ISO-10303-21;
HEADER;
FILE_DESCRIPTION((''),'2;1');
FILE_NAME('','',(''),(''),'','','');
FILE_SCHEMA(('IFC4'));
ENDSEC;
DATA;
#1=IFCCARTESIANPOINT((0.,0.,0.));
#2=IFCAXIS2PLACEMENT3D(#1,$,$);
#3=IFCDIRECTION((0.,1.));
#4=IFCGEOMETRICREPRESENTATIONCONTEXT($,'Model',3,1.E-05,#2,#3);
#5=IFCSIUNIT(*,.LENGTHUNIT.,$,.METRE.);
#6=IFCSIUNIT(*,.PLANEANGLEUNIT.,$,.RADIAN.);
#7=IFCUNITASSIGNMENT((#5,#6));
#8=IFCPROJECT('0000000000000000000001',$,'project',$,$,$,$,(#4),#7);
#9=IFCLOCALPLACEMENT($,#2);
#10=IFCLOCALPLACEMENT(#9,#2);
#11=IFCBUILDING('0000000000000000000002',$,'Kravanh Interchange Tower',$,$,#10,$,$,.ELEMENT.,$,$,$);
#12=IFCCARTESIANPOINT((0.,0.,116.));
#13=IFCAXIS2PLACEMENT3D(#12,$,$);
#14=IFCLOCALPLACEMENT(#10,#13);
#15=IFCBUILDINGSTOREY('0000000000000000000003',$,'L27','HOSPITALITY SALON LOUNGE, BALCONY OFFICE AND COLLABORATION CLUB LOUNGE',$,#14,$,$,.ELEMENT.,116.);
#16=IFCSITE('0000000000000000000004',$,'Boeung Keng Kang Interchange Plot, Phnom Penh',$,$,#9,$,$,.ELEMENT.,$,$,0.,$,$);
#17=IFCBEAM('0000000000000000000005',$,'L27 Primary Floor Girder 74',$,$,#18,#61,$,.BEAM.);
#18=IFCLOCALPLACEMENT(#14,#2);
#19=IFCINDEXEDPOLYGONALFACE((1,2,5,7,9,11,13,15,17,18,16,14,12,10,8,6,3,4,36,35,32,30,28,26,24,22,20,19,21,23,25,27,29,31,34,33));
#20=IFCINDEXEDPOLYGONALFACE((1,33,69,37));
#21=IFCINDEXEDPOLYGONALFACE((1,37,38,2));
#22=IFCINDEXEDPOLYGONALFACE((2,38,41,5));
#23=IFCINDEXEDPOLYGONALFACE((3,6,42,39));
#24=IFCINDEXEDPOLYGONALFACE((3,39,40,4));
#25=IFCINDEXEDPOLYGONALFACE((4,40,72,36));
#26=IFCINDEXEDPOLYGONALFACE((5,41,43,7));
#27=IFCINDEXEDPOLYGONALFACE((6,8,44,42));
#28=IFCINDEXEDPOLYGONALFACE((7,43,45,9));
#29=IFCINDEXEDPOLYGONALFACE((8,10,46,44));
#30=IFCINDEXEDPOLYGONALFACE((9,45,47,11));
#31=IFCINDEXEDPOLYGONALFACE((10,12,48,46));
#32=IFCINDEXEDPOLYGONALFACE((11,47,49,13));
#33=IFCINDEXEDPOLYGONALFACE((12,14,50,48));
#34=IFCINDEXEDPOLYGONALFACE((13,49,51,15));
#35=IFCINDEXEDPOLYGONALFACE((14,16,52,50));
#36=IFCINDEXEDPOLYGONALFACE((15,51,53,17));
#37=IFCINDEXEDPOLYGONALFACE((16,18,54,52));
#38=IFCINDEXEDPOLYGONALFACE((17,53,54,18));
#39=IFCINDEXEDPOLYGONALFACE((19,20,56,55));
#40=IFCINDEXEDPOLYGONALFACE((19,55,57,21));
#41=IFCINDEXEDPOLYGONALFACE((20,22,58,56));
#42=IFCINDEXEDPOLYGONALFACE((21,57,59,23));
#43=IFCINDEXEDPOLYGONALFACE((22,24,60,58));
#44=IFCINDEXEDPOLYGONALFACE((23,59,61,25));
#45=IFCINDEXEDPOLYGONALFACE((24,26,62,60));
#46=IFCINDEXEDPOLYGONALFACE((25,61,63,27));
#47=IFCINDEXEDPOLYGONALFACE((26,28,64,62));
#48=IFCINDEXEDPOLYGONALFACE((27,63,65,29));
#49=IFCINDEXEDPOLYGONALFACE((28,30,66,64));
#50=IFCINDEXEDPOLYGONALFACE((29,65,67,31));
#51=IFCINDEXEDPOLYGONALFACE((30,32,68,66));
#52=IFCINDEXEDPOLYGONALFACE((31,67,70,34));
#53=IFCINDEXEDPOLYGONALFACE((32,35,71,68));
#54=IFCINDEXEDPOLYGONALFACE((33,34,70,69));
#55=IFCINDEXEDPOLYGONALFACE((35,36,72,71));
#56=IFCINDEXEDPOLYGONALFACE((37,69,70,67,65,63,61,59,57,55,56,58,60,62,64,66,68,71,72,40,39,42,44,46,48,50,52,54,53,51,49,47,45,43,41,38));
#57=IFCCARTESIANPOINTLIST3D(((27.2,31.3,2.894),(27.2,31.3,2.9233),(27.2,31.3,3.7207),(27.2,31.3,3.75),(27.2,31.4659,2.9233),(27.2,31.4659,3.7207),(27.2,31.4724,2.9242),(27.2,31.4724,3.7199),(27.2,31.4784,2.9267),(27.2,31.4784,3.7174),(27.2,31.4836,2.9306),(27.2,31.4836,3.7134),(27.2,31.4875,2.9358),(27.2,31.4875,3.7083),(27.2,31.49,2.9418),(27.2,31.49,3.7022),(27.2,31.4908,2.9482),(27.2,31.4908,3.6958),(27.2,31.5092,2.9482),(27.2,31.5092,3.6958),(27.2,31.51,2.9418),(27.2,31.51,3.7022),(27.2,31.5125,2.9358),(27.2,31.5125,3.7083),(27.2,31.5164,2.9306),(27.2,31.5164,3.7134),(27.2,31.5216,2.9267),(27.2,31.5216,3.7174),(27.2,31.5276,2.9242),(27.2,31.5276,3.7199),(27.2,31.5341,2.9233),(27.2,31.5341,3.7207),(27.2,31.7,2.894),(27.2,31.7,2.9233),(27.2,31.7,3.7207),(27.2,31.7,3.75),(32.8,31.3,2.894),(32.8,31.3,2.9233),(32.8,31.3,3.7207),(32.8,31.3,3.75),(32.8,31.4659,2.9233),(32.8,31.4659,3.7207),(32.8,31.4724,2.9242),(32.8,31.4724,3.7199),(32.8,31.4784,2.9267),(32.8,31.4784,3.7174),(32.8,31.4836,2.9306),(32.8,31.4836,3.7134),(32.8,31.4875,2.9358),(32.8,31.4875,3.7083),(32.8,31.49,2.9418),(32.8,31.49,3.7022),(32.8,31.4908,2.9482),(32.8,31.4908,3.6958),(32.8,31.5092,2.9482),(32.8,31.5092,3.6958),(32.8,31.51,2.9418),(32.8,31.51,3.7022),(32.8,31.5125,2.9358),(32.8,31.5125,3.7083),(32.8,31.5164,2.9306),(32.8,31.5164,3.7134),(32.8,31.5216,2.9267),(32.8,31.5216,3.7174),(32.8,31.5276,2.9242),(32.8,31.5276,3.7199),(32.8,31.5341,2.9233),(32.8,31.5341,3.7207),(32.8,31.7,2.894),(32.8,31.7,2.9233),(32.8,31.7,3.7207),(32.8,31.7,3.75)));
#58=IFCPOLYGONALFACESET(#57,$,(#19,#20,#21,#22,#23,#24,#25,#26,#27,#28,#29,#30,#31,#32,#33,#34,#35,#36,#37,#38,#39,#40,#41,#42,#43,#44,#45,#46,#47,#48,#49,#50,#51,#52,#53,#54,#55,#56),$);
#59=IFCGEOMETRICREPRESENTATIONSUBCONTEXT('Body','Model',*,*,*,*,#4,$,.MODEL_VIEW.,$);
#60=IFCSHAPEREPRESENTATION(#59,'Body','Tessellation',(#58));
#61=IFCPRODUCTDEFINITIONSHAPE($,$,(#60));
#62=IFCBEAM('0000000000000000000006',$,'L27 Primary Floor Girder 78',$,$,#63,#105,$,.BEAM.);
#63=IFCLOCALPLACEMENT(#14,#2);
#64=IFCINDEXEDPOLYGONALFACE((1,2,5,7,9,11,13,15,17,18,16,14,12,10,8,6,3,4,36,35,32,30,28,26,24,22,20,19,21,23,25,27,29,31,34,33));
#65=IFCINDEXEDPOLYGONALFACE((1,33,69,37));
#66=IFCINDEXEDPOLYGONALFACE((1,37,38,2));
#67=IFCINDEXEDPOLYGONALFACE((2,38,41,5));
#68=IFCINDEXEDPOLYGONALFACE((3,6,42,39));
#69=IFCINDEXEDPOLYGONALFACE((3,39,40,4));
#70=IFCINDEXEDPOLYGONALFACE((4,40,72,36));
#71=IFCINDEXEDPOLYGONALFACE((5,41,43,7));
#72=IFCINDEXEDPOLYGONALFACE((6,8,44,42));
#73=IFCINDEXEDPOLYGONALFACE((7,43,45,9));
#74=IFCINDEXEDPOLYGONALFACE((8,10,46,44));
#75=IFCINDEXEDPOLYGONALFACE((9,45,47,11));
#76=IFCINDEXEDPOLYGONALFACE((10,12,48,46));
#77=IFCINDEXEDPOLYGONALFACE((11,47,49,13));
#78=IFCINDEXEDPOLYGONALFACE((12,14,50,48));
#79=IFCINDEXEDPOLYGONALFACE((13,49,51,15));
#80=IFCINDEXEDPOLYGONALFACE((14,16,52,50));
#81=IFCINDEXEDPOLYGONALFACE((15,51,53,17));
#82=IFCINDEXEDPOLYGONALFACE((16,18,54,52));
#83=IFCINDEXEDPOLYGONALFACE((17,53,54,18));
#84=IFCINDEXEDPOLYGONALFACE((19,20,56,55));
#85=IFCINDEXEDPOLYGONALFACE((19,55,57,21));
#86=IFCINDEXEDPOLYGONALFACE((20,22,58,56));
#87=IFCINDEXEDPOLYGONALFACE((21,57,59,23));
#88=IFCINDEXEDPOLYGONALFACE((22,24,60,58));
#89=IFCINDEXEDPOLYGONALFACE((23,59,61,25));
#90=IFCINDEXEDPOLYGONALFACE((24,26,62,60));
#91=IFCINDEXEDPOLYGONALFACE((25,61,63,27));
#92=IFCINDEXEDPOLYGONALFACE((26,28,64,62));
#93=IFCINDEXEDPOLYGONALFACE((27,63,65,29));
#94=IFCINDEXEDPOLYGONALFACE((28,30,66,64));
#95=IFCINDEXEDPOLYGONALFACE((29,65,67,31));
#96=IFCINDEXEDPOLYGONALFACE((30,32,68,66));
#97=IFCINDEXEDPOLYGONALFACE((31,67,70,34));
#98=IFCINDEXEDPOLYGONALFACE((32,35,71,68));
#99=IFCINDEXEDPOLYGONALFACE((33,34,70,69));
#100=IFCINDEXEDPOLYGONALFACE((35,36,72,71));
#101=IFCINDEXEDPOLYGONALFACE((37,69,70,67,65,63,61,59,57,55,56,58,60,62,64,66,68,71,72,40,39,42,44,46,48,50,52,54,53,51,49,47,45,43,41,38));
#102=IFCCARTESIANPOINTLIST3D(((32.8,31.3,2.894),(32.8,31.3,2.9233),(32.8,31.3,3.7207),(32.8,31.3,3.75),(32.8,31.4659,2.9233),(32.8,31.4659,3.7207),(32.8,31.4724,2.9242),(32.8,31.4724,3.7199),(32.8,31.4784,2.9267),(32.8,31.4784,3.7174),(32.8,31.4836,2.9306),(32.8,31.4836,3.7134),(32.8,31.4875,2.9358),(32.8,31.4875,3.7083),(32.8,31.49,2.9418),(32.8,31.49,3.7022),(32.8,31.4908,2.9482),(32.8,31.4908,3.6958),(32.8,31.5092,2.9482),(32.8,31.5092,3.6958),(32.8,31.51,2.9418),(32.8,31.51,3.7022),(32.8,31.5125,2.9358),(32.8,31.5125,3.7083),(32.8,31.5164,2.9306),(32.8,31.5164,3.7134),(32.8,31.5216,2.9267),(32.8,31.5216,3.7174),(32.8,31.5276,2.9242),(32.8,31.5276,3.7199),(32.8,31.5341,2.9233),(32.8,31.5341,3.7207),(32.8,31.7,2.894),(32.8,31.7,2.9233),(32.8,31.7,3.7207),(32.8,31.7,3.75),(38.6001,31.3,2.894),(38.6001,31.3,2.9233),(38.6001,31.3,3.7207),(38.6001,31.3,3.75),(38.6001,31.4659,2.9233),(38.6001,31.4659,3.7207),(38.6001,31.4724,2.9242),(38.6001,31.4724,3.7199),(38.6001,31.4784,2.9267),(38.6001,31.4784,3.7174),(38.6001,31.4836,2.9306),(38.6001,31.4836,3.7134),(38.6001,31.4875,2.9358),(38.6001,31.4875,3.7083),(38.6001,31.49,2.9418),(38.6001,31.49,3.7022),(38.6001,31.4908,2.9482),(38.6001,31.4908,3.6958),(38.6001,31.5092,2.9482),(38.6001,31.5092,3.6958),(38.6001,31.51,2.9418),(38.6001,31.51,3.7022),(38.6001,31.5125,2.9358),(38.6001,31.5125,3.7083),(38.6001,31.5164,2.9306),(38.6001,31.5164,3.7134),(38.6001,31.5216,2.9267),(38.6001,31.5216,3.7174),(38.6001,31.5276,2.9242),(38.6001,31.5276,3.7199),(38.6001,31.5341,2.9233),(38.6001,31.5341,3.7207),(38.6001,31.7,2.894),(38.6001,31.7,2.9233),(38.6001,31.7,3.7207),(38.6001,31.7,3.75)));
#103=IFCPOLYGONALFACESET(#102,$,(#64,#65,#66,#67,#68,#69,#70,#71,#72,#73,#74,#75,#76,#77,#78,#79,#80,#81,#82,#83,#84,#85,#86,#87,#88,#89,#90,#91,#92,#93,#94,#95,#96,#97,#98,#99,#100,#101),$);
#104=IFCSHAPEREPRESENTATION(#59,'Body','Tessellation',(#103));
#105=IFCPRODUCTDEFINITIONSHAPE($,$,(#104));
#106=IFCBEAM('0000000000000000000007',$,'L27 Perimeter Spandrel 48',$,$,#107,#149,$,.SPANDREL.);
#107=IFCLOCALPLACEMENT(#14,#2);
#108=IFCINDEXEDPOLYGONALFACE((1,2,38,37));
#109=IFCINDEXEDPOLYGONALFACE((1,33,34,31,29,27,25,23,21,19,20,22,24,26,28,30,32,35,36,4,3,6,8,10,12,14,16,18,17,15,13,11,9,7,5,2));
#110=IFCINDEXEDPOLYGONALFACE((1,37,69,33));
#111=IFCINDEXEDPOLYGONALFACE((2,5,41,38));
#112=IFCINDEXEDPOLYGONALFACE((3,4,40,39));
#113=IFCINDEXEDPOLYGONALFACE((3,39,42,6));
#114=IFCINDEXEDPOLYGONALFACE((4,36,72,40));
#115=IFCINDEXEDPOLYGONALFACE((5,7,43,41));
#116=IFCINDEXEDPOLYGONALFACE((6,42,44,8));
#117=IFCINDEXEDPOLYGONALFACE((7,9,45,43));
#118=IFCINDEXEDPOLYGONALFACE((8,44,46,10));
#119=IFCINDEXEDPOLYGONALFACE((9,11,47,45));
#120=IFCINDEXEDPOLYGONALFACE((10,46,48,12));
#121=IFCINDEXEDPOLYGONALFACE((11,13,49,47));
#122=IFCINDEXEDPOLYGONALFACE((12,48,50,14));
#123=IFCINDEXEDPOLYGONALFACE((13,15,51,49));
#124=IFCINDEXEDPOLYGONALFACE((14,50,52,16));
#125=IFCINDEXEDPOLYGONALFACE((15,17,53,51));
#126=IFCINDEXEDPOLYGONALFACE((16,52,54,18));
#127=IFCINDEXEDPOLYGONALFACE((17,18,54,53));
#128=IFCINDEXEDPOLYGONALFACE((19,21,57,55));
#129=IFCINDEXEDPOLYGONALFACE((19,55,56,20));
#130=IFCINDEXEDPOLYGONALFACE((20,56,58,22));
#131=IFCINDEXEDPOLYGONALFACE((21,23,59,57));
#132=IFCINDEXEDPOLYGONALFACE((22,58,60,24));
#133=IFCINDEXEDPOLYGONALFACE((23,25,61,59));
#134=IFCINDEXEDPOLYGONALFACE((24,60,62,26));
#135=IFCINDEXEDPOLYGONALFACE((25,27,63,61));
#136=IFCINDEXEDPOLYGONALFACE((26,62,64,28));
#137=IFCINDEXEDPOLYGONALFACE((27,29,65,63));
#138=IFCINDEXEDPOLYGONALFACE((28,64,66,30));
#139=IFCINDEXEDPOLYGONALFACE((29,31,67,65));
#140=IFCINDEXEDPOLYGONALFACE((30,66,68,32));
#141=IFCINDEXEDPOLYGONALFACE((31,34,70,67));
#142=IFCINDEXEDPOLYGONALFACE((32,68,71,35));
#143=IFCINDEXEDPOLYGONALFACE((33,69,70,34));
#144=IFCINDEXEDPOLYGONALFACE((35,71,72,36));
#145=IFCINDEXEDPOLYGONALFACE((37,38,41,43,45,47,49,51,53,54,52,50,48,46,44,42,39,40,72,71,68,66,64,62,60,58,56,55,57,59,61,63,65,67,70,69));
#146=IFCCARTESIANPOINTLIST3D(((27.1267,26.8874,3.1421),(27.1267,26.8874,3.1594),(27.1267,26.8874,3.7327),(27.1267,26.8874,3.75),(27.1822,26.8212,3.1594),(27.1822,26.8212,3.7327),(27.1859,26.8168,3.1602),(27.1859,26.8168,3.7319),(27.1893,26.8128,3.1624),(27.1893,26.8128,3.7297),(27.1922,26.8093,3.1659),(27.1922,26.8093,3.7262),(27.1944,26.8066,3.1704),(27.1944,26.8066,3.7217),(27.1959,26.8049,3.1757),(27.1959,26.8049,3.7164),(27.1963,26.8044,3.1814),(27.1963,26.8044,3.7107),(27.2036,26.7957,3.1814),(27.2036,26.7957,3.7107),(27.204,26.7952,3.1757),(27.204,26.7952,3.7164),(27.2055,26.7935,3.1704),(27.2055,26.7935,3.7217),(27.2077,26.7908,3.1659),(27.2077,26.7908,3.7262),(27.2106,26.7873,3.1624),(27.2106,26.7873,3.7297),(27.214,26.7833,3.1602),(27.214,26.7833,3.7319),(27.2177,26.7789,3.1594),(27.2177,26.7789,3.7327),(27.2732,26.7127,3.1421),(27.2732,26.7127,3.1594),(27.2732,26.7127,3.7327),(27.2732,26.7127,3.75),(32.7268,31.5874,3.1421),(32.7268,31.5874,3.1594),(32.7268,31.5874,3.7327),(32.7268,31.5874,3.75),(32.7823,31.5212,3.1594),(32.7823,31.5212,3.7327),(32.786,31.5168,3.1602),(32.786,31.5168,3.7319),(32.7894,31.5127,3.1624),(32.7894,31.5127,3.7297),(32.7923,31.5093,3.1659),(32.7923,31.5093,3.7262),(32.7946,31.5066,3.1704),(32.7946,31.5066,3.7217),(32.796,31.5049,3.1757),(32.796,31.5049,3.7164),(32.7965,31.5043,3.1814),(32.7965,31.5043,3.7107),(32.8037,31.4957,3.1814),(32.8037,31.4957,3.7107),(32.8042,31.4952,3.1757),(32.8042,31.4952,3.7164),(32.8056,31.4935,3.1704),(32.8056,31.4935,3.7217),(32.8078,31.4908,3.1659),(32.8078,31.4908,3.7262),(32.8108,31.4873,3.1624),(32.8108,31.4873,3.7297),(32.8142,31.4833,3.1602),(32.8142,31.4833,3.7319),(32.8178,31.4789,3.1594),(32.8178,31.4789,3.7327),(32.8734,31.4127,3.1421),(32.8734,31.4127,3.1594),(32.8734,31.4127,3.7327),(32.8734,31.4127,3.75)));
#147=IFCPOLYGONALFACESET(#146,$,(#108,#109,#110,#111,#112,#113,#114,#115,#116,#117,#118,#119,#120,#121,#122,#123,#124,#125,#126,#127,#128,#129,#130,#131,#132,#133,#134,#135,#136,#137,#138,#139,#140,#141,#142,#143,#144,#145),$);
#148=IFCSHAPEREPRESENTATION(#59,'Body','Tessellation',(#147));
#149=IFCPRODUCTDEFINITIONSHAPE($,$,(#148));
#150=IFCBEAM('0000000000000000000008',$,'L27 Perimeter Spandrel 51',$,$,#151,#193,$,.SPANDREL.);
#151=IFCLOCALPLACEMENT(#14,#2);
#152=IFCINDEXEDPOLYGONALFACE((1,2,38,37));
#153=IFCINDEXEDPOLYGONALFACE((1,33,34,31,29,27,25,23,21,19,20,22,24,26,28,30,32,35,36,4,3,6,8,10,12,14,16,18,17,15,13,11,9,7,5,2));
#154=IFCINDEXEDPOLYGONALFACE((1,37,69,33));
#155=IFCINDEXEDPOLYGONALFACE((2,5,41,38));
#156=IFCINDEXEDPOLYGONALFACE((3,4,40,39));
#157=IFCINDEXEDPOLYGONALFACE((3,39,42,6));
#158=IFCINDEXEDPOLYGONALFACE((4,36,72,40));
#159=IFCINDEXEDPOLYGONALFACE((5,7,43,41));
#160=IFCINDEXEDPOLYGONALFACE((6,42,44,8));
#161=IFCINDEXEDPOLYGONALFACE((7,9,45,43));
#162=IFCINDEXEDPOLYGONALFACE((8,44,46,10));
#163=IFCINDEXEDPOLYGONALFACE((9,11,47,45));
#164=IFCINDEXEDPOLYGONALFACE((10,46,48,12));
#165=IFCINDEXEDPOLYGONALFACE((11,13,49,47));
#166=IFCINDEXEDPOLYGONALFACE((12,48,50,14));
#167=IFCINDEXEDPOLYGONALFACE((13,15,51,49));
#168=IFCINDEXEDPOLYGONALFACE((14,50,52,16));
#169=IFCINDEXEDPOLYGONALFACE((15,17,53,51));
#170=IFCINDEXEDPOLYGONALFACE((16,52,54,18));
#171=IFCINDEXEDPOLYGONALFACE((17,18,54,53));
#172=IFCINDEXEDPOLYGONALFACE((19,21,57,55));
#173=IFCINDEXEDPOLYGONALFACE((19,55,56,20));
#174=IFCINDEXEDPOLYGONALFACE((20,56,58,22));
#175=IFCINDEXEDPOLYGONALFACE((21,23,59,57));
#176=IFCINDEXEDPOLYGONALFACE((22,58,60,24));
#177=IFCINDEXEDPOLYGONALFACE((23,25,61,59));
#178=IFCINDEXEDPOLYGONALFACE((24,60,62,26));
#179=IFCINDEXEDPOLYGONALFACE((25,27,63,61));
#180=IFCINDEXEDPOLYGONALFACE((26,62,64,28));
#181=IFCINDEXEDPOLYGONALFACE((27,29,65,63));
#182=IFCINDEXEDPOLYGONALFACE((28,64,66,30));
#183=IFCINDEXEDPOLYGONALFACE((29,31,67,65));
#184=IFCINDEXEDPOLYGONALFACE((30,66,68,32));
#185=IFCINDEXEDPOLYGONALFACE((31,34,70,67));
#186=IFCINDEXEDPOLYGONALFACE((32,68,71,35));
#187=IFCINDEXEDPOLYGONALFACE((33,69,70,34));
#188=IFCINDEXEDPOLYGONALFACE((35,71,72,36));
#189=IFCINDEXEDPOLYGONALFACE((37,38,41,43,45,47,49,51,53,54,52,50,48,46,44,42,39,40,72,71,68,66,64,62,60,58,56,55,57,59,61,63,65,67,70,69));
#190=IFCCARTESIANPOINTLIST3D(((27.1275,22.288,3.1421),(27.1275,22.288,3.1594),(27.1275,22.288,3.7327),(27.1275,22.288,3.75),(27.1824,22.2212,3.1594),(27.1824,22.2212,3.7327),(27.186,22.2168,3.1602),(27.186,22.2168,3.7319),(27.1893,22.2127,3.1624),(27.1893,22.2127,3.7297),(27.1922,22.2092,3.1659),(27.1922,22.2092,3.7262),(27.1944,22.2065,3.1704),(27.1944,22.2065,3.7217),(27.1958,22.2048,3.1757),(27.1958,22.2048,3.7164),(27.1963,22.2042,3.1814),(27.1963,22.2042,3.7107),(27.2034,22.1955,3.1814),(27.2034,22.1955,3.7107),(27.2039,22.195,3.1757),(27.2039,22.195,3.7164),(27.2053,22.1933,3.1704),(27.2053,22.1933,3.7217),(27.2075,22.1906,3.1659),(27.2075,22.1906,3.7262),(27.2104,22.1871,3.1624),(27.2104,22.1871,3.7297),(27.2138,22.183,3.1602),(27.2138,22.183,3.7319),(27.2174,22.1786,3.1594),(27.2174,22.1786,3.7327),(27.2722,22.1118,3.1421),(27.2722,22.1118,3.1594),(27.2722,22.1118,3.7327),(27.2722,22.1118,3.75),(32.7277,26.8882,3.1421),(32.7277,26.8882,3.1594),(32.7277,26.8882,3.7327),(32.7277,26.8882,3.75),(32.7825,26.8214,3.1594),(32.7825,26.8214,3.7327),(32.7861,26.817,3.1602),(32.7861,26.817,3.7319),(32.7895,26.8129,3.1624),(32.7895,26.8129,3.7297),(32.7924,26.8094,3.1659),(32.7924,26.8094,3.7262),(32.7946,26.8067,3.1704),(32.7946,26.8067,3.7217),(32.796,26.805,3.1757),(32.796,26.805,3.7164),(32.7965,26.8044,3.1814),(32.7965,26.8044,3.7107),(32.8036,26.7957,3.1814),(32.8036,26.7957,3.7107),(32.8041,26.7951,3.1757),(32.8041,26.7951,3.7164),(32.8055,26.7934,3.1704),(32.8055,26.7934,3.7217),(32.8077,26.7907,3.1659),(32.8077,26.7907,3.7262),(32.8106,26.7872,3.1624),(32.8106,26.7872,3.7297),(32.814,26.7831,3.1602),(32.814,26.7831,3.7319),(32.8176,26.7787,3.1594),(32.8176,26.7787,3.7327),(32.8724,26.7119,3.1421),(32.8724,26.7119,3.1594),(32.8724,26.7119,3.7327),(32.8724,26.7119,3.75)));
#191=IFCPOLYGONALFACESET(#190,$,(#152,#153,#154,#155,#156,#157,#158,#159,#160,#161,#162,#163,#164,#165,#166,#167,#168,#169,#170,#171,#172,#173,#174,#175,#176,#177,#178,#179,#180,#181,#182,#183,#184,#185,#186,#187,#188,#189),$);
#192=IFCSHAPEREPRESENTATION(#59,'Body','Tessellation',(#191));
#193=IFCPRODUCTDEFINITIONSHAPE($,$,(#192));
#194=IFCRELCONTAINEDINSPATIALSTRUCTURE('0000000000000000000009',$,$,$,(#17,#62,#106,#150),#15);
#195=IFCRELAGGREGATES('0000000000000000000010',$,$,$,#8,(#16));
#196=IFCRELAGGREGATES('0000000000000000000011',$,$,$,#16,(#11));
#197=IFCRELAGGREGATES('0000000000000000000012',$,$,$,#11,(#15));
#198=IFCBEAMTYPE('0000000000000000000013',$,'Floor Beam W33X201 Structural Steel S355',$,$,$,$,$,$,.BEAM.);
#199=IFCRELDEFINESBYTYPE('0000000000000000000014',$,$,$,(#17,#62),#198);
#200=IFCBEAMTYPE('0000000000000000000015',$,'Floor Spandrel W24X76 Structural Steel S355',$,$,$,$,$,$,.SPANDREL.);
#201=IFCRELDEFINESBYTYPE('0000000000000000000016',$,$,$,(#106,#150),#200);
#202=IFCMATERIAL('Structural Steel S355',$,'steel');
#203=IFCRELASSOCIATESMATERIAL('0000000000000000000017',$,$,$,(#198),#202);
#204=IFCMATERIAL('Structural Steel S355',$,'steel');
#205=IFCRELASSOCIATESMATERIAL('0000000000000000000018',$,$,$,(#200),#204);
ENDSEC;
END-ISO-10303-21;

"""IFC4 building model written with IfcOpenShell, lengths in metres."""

from ifc_helpers import new_model, si_unit, direction, frame, origin, origin_2d, place, context, subcontext, project, spatial, i_section, extrude, material, material_profile, profile_set, type_object, element, save


model = new_model("IFC4")

# Units and contexts
model_context = context("Model", 3, precision=1e-05, world=origin(), true_north=direction((0.0, 1.0)))
body_context = subcontext(model_context, "Body", "Model", "MODEL_VIEW")
ifc_project = project(units=[si_unit("LENGTHUNIT", "METRE"), si_unit("PLANEANGLEUNIT", "RADIAN")], contexts=[model_context])

# Site, building, storey
site_placement = place(None, origin())
site = spatial("IfcSite", under=ifc_project, at=site_placement, Name="Boeung Keng Kang Interchange Plot, Phnom Penh", CompositionType="ELEMENT", RefElevation=0.0)
building_placement = place(site_placement, origin())
building = spatial("IfcBuilding", under=site, at=building_placement, Name="Kravanh Interchange Tower", CompositionType="ELEMENT")
storey_placement = place(building_placement, frame((0.0, 0.0, 116.0)))
storey = spatial("IfcBuildingStorey", under=building, at=storey_placement, Name="L27", Description="HOSPITALITY SALON LOUNGE, BALCONY OFFICE AND COLLABORATION CLUB LOUNGE", CompositionType="ELEMENT", Elevation=116.0)

# Beams
ifc_material_1 = material(Name="Structural Steel S355", Category="steel")
ifc_material_profile_1 = material_profile(ifc_material_1, i_section(OverallWidth=0.3999, OverallDepth=0.856, WebThickness=0.0183, FlangeThickness=0.0293, FilletRadius=0.0249, at=origin_2d()), Name="W33X201")
ifc_profile_set_1 = profile_set([ifc_material_profile_1], Name="Structural Steel S355")
beam_type_1 = type_object("IfcBeamType", Name="Floor Beam W33X201 Structural Steel S355", PredefinedType="BEAM", material=ifc_profile_set_1)
beam_1_placement = place(storey_placement, frame((27.2, 31.5, 3.322), z_axis=(1.0, 0.0, 0.0), x_axis=(0.0, 1.0, 0.0)))
element("IfcBeam", 1, at=beam_1_placement, inside=storey, type_object=beam_type_1, Name="L27 Primary Floor Girder 74", PredefinedType="BEAM", context=body_context, shape_type="SweptSolid", body=[
    extrude(i_section(OverallWidth=0.3999, OverallDepth=0.856, WebThickness=0.0183, FlangeThickness=0.0293, FilletRadius=0.0249, at=origin_2d()), origin(), (0.0, 0.0, 1.0), 5.6001),
])
beam_2_placement = place(storey_placement, frame((32.8, 31.5, 3.322), z_axis=(1.0, 0.0, 0.0), x_axis=(0.0, 1.0, 0.0)))
element("IfcBeam", 2, at=beam_2_placement, inside=storey, type_object=beam_type_1, Name="L27 Primary Floor Girder 78", PredefinedType="BEAM", context=body_context, shape_type="SweptSolid", body=[
    extrude(i_section(OverallWidth=0.3999, OverallDepth=0.856, WebThickness=0.0183, FlangeThickness=0.0293, FilletRadius=0.0249, at=origin_2d()), origin(), (0.0, 0.0, 1.0), 5.8),
])
ifc_material_2 = material(Name="Structural Steel S355", Category="steel")
ifc_material_profile_2 = material_profile(ifc_material_2, i_section(OverallWidth=0.228, OverallDepth=0.6079, WebThickness=0.0112, FlangeThickness=0.0173, FilletRadius=0.022, at=origin_2d()), Name="W24X76")
ifc_profile_set_2 = profile_set([ifc_material_profile_2], Name="Structural Steel S355")
beam_type_2 = type_object("IfcBeamType", Name="Floor Spandrel W24X76 Structural Steel S355", PredefinedType="SPANDREL", material=ifc_profile_set_2)
beam_3_placement = place(storey_placement, frame((27.2, 26.8, 3.446), z_axis=(0.765983, 0.642861, 0.0), x_axis=(-0.642861, 0.765983, 0.0)))
element("IfcBeam", 3, at=beam_3_placement, inside=storey, type_object=beam_type_2, Name="L27 Perimeter Spandrel 48", PredefinedType="SPANDREL", context=body_context, shape_type="SweptSolid", body=[
    extrude(i_section(OverallWidth=0.228, OverallDepth=0.6079, WebThickness=0.0112, FlangeThickness=0.0173, FilletRadius=0.022, at=origin_2d()), origin(), (0.0, 0.0, 1.0), 7.311),
])
beam_4_placement = place(storey_placement, frame((32.8, 26.8, 3.446), z_axis=(-0.772725, -0.634741, 0.0), x_axis=(0.634741, -0.772725, 0.0)))
element("IfcBeam", 4, at=beam_4_placement, inside=storey, type_object=beam_type_2, Name="L27 Perimeter Spandrel 51", PredefinedType="SPANDREL", context=body_context, shape_type="SweptSolid", body=[
    extrude(i_section(OverallWidth=0.228, OverallDepth=0.6079, WebThickness=0.0112, FlangeThickness=0.0173, FilletRadius=0.022, at=origin_2d()), origin(), (0.0, 0.0, 1.0), 7.2473),
])

save(model, "model.ifc")
